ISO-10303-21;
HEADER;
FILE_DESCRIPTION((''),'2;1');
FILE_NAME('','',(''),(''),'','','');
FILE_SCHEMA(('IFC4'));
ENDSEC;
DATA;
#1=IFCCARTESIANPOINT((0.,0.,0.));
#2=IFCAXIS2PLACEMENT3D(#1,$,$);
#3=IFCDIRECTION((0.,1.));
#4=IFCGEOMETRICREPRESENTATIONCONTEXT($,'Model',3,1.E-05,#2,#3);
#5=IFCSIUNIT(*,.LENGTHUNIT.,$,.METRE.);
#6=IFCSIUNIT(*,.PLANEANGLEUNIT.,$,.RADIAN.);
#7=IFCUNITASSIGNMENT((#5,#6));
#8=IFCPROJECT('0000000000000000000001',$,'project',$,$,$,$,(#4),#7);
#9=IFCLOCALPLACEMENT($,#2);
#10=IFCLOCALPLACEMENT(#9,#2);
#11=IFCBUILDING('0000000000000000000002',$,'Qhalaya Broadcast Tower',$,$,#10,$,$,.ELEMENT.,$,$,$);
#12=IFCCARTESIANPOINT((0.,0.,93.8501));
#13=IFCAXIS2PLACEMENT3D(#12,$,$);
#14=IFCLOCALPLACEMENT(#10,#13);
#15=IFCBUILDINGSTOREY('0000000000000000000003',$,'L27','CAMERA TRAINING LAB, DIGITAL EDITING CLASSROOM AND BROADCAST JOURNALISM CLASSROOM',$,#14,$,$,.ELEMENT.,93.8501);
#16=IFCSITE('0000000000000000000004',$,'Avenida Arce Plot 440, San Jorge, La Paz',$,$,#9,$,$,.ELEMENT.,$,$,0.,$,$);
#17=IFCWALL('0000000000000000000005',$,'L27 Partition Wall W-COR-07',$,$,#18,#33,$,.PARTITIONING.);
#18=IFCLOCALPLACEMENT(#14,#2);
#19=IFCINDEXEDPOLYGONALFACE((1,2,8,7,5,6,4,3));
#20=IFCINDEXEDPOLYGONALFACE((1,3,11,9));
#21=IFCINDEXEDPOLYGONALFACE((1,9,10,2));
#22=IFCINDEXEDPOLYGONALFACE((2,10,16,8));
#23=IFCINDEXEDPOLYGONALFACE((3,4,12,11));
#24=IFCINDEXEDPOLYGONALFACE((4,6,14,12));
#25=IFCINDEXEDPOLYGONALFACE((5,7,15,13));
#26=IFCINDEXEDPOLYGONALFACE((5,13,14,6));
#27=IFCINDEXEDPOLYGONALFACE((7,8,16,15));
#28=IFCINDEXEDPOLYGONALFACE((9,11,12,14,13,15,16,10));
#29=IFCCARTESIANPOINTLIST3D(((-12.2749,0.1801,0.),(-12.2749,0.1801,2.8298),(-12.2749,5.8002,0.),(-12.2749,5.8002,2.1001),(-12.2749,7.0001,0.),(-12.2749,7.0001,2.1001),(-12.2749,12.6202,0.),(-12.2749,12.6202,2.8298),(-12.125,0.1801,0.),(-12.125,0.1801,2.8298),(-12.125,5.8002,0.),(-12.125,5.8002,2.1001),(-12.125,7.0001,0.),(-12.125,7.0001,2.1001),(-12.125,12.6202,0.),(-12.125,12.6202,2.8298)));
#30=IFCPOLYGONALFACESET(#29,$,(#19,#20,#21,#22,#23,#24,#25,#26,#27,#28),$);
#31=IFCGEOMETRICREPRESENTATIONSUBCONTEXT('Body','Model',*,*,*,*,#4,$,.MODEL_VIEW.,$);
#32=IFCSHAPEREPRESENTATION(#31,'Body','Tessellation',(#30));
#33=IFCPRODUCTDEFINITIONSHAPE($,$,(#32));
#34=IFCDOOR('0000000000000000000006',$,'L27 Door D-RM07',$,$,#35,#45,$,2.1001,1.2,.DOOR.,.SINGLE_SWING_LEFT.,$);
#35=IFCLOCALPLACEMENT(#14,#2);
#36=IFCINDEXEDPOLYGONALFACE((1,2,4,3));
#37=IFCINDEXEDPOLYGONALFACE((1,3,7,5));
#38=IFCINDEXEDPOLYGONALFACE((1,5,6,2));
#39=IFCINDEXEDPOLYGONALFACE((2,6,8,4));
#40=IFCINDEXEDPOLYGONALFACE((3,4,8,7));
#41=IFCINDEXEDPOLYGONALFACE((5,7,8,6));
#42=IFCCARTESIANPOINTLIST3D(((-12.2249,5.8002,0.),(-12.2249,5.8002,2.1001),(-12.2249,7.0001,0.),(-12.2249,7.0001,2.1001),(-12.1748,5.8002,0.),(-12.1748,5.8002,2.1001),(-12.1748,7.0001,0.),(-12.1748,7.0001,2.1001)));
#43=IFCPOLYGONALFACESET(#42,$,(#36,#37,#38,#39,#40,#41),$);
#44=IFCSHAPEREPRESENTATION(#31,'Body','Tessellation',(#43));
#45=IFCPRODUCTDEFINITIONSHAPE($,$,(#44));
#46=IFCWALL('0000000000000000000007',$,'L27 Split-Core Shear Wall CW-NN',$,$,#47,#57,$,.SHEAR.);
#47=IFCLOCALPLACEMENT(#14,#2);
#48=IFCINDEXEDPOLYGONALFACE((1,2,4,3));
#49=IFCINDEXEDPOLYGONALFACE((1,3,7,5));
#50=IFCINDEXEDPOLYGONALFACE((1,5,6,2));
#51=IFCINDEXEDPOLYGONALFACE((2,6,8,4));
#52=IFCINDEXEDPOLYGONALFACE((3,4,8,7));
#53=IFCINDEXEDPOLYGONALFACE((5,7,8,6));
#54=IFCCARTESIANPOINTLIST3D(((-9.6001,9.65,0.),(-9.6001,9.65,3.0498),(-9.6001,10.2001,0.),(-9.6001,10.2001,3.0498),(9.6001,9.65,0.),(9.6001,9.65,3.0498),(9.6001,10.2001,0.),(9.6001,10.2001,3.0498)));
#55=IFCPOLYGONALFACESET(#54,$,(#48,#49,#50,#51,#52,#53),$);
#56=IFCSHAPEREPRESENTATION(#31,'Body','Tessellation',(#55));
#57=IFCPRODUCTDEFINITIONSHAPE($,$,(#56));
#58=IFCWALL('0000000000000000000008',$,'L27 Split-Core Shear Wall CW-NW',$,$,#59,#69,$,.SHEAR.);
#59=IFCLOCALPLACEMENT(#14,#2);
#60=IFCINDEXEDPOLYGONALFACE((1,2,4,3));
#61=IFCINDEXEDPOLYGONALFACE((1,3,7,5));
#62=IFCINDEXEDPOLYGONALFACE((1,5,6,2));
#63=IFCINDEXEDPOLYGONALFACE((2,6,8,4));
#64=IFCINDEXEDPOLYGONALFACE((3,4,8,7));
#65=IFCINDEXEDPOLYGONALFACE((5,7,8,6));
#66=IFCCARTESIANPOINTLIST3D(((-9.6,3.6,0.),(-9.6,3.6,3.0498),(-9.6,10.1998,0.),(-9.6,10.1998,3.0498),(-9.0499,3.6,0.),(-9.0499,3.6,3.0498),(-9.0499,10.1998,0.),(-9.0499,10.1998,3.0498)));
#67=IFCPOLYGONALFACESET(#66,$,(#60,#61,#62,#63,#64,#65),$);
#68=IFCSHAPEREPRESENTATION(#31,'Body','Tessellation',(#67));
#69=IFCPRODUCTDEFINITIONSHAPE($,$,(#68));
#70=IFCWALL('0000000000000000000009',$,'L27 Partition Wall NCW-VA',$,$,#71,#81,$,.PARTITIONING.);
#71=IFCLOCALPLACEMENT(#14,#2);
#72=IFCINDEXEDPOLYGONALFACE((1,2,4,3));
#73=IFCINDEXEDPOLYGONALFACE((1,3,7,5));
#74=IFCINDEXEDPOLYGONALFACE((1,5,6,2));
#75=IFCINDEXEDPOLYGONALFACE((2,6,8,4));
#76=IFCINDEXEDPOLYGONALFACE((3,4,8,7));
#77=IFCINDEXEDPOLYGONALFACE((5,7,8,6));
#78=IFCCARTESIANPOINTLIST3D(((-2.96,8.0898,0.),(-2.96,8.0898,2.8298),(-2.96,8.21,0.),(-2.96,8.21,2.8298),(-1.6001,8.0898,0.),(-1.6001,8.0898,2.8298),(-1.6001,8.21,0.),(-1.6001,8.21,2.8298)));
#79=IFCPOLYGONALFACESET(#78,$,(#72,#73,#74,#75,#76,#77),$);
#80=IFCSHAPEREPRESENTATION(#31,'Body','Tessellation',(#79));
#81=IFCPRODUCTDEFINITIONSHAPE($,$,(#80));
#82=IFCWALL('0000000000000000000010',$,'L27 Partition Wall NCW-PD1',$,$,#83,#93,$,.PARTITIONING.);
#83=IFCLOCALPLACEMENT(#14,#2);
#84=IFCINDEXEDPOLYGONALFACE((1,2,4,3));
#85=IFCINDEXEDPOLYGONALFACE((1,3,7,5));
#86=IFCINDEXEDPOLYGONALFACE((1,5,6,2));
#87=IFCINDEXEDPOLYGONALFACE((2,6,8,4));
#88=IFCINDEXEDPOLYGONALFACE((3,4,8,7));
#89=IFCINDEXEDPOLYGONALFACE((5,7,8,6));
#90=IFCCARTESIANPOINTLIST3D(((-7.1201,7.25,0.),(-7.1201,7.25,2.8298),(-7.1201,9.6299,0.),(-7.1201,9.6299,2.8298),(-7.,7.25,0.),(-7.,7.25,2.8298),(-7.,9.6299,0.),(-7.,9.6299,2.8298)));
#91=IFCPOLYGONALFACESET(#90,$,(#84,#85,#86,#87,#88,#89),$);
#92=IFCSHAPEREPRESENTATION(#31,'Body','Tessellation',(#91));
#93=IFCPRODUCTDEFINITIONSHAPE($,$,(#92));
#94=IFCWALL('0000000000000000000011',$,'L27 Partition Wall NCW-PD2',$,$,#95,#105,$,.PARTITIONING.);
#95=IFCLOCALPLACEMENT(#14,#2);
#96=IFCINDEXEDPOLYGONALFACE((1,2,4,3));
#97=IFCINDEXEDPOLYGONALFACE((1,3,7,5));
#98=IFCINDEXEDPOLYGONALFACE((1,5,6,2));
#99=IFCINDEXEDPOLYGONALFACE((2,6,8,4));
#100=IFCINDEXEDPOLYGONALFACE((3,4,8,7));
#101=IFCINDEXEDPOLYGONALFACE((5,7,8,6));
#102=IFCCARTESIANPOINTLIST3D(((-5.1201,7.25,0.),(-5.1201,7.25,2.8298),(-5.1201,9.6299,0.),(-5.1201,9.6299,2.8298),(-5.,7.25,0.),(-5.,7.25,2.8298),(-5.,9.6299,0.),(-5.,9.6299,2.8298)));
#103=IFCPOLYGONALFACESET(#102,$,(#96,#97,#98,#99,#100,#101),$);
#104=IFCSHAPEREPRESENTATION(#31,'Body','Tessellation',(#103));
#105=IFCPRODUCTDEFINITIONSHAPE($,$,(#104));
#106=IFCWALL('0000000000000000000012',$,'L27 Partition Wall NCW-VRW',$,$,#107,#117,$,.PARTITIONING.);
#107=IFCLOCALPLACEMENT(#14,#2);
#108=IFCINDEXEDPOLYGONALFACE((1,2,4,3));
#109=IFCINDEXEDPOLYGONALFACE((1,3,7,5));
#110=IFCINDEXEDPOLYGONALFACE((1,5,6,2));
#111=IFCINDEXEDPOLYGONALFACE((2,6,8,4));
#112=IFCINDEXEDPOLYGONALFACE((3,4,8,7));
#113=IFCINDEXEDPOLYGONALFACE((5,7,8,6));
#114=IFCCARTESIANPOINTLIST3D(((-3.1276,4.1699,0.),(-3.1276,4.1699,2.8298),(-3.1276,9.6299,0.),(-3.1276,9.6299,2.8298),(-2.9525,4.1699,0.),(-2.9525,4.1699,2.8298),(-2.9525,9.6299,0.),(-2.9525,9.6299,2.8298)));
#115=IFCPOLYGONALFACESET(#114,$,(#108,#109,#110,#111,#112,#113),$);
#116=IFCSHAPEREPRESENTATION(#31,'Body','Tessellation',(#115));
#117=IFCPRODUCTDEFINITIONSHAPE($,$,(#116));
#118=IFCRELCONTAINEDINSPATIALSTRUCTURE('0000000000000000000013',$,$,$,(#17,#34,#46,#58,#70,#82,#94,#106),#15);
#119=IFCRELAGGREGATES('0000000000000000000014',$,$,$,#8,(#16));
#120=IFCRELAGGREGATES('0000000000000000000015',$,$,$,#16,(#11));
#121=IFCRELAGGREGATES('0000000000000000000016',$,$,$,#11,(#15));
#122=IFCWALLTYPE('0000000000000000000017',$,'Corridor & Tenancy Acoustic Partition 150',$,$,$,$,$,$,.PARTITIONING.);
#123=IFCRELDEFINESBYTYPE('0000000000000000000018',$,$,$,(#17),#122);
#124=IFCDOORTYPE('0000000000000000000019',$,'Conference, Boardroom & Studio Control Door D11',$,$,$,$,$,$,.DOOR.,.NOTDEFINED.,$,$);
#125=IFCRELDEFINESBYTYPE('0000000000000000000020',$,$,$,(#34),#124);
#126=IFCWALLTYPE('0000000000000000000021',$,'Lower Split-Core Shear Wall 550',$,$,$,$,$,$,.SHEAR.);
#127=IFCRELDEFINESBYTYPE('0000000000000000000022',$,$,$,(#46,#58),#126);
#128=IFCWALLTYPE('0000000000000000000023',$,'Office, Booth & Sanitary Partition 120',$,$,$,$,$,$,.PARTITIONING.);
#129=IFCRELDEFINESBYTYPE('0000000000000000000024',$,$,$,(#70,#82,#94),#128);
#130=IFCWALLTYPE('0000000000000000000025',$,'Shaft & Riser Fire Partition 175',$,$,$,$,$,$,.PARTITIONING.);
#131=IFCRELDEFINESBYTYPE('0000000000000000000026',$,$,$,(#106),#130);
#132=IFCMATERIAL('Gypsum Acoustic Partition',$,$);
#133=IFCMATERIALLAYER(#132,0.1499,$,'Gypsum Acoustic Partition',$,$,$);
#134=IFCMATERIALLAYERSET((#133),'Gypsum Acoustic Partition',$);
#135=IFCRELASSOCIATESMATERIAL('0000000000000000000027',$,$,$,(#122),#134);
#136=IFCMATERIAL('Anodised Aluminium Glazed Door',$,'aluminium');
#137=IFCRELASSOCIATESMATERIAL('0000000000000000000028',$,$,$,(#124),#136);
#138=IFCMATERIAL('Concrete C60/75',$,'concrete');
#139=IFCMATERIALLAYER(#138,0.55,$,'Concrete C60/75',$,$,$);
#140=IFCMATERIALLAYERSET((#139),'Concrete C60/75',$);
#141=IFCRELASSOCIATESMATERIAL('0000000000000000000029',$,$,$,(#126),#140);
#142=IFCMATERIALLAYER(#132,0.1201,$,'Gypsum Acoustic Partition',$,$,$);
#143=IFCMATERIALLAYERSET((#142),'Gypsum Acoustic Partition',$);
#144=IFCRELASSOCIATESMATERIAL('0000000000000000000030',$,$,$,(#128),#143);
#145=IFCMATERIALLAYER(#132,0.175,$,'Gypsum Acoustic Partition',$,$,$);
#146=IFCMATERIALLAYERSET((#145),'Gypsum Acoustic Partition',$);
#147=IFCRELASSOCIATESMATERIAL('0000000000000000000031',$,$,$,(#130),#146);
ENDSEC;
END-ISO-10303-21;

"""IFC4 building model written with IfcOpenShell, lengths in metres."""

from ifc_helpers import new_model, si_unit, direction, frame, frame_2d, origin, place, context, subcontext, project, spatial, rectangle, extrude, material, layer, layer_set, type_object, element, fill, save


model = new_model("IFC4")

# Units and contexts
model_context = context("Model", 3, precision=1e-05, world=origin(), true_north=direction((0.0, 1.0)))
body_context = subcontext(model_context, "Body", "Model", "MODEL_VIEW")
ifc_project = project(units=[si_unit("LENGTHUNIT", "METRE"), si_unit("PLANEANGLEUNIT", "RADIAN")], contexts=[model_context])

# Site, building, storey
site_placement = place(None, origin())
site = spatial("IfcSite", under=ifc_project, at=site_placement, Name="Avenida Arce Plot 440, San Jorge, La Paz", CompositionType="ELEMENT", RefElevation=0.0)
building_placement = place(site_placement, origin())
building = spatial("IfcBuilding", under=site, at=building_placement, Name="Qhalaya Broadcast Tower", CompositionType="ELEMENT")
storey_placement = place(building_placement, frame((0.0, 0.0, 93.8501)))
storey = spatial("IfcBuildingStorey", under=building, at=storey_placement, Name="L27", Description="CAMERA TRAINING LAB, DIGITAL EDITING CLASSROOM AND BROADCAST JOURNALISM CLASSROOM", CompositionType="ELEMENT", Elevation=93.8501)

# Shared definitions
ifc_material_1 = material(Name="Gypsum Acoustic Partition")
ifc_layer_1 = layer(ifc_material_1, 0.1499, Name="Gypsum Acoustic Partition")
ifc_layer_set_1 = layer_set([ifc_layer_1], Name="Gypsum Acoustic Partition")
wall_type_1 = type_object("IfcWallType", Name="Corridor & Tenancy Acoustic Partition 150", PredefinedType="PARTITIONING", material=ifc_layer_set_1)

# Wall, opening, door
wall_1_placement = place(storey_placement, frame((-12.2, 0.1799, 0.0), z_axis=(0.0, 0.0, 1.0), x_axis=(0.0, 1.0, 0.0)))
wall_1 = element("IfcWall", 1, at=wall_1_placement, inside=storey, type_object=wall_type_1, Name="L27 Partition Wall W-COR-07", PredefinedType="PARTITIONING", context=body_context, shape_type="SweptSolid", body=[
    extrude(rectangle(XDim=12.4402, YDim=0.1499, at=frame_2d((6.2202, 0.0))), origin(), (0.0, 0.0, 1.0), 2.8298),
])
opening_1_placement = place(wall_1_placement, frame((5.6201, 0.0, 0.0)))
opening_1 = element("IfcOpeningElement", 2, at=opening_1_placement, cuts=wall_1, PredefinedType="OPENING", context=body_context, shape_type="SweptSolid", body=[
    extrude(rectangle(XDim=1.2, YDim=2.1001, at=frame_2d((0.6001, 1.05))), frame((0.0, 0.0869, 0.0), z_axis=(0.0, -1.0, 0.0), x_axis=(1.0, 0.0, 0.0)), (0.0, 0.0, 1.0), 0.1738),
])
ifc_material_2 = material(Name="Anodised Aluminium Glazed Door", Category="aluminium")
door_type_1 = type_object("IfcDoorType", Name="Conference, Boardroom & Studio Control Door D11", OperationType="NOTDEFINED", PredefinedType="DOOR", material=ifc_material_2)
door_1_placement = place(opening_1_placement, origin())
door_1 = element("IfcDoor", 3, at=door_1_placement, inside=storey, type_object=door_type_1, Name="L27 Door D-RM07", OperationType="SINGLE_SWING_LEFT", OverallHeight=2.1001, OverallWidth=1.2, PredefinedType="DOOR", context=body_context, shape_type="SweptSolid", body=[
    extrude(rectangle(XDim=1.2, YDim=2.1001, at=frame_2d((0.6001, 1.05))), frame((0.0, 0.0249, 0.0), z_axis=(0.0, -1.0, 0.0), x_axis=(1.0, 0.0, 0.0)), (0.0, 0.0, 1.0), 0.05),
])
fill(opening_1, door_1)

# Wall
ifc_material_3 = material(Name="Concrete C60/75", Category="concrete")
ifc_layer_2 = layer(ifc_material_3, 0.55, Name="Concrete C60/75")
ifc_layer_set_2 = layer_set([ifc_layer_2], Name="Concrete C60/75")
wall_type_2 = type_object("IfcWallType", Name="Lower Split-Core Shear Wall 550", PredefinedType="SHEAR", material=ifc_layer_set_2)
wall_2_placement = place(storey_placement, frame((-9.6001, 9.925, 0.0), z_axis=(0.0, 0.0, 1.0), x_axis=(1.0, 0.0, 0.0)))
element("IfcWall", 4, at=wall_2_placement, inside=storey, type_object=wall_type_2, Name="L27 Split-Core Shear Wall CW-NN", PredefinedType="SHEAR", context=body_context, shape_type="SweptSolid", body=[
    extrude(rectangle(XDim=19.2002, YDim=0.55, at=frame_2d((9.6001, 0.0))), origin(), (0.0, 0.0, 1.0), 3.0498),
])

# Walls
wall_3_placement = place(storey_placement, frame((-9.325, 3.6001, 0.0), z_axis=(0.0, 0.0, 1.0), x_axis=(0.0, 1.0, 0.0)))
element("IfcWall", 5, at=wall_3_placement, inside=storey, type_object=wall_type_2, Name="L27 Split-Core Shear Wall CW-NW", PredefinedType="SHEAR", context=body_context, shape_type="SweptSolid", body=[
    extrude(rectangle(XDim=6.5999, YDim=0.55, at=frame_2d((3.2998, 0.0))), origin(), (0.0, 0.0, 1.0), 3.0498),
])
ifc_layer_3 = layer(ifc_material_1, 0.1201, Name="Gypsum Acoustic Partition")
ifc_layer_set_3 = layer_set([ifc_layer_3], Name="Gypsum Acoustic Partition")
wall_type_3 = type_object("IfcWallType", Name="Office, Booth & Sanitary Partition 120", PredefinedType="PARTITIONING", material=ifc_layer_set_3)
wall_4_placement = place(storey_placement, frame((-2.96, 8.1499, 0.0), z_axis=(0.0, 0.0, 1.0), x_axis=(1.0, 0.0, 0.0)))
element("IfcWall", 6, at=wall_4_placement, inside=storey, type_object=wall_type_3, Name="L27 Partition Wall NCW-VA", PredefinedType="PARTITIONING", context=body_context, shape_type="SweptSolid", body=[
    extrude(rectangle(XDim=1.3599, YDim=0.1201, at=frame_2d((0.6799, 0.0))), origin(), (0.0, 0.0, 1.0), 2.8298),
])
for number, where, z_axis, x_axis, name in (
    (7, (-7.0601, 7.25, 0.0), (0.0, 0.0, 1.0), (0.0, 1.0, 0.0), "L27 Partition Wall NCW-PD1"),
    (8, (-5.0601, 7.25, 0.0), (0.0, 0.0, 1.0), (0.0, 1.0, 0.0), "L27 Partition Wall NCW-PD2"),
):
    element("IfcWall", number, at=place(storey_placement, frame(where, z_axis=z_axis, x_axis=x_axis)), inside=storey, type_object=wall_type_3, Name=name, PredefinedType="PARTITIONING", context=body_context, shape_type="SweptSolid", body=[
        extrude(rectangle(XDim=2.3799, YDim=0.1201, at=frame_2d((1.1899, 0.0))), origin(), (0.0, 0.0, 1.0), 2.8298),
    ])
ifc_layer_4 = layer(ifc_material_1, 0.175, Name="Gypsum Acoustic Partition")
ifc_layer_set_4 = layer_set([ifc_layer_4], Name="Gypsum Acoustic Partition")
wall_type_4 = type_object("IfcWallType", Name="Shaft & Riser Fire Partition 175", PredefinedType="PARTITIONING", material=ifc_layer_set_4)
wall_5_placement = place(storey_placement, frame((-3.04, 4.1699, 0.0), z_axis=(0.0, 0.0, 1.0), x_axis=(0.0, 1.0, 0.0)))
element("IfcWall", 9, at=wall_5_placement, inside=storey, type_object=wall_type_4, Name="L27 Partition Wall NCW-VRW", PredefinedType="PARTITIONING", context=body_context, shape_type="SweptSolid", body=[
    extrude(rectangle(XDim=5.46, YDim=0.175, at=frame_2d((2.73, 0.0))), origin(), (0.0, 0.0, 1.0), 2.8298),
])

save(model, "model.ifc")
